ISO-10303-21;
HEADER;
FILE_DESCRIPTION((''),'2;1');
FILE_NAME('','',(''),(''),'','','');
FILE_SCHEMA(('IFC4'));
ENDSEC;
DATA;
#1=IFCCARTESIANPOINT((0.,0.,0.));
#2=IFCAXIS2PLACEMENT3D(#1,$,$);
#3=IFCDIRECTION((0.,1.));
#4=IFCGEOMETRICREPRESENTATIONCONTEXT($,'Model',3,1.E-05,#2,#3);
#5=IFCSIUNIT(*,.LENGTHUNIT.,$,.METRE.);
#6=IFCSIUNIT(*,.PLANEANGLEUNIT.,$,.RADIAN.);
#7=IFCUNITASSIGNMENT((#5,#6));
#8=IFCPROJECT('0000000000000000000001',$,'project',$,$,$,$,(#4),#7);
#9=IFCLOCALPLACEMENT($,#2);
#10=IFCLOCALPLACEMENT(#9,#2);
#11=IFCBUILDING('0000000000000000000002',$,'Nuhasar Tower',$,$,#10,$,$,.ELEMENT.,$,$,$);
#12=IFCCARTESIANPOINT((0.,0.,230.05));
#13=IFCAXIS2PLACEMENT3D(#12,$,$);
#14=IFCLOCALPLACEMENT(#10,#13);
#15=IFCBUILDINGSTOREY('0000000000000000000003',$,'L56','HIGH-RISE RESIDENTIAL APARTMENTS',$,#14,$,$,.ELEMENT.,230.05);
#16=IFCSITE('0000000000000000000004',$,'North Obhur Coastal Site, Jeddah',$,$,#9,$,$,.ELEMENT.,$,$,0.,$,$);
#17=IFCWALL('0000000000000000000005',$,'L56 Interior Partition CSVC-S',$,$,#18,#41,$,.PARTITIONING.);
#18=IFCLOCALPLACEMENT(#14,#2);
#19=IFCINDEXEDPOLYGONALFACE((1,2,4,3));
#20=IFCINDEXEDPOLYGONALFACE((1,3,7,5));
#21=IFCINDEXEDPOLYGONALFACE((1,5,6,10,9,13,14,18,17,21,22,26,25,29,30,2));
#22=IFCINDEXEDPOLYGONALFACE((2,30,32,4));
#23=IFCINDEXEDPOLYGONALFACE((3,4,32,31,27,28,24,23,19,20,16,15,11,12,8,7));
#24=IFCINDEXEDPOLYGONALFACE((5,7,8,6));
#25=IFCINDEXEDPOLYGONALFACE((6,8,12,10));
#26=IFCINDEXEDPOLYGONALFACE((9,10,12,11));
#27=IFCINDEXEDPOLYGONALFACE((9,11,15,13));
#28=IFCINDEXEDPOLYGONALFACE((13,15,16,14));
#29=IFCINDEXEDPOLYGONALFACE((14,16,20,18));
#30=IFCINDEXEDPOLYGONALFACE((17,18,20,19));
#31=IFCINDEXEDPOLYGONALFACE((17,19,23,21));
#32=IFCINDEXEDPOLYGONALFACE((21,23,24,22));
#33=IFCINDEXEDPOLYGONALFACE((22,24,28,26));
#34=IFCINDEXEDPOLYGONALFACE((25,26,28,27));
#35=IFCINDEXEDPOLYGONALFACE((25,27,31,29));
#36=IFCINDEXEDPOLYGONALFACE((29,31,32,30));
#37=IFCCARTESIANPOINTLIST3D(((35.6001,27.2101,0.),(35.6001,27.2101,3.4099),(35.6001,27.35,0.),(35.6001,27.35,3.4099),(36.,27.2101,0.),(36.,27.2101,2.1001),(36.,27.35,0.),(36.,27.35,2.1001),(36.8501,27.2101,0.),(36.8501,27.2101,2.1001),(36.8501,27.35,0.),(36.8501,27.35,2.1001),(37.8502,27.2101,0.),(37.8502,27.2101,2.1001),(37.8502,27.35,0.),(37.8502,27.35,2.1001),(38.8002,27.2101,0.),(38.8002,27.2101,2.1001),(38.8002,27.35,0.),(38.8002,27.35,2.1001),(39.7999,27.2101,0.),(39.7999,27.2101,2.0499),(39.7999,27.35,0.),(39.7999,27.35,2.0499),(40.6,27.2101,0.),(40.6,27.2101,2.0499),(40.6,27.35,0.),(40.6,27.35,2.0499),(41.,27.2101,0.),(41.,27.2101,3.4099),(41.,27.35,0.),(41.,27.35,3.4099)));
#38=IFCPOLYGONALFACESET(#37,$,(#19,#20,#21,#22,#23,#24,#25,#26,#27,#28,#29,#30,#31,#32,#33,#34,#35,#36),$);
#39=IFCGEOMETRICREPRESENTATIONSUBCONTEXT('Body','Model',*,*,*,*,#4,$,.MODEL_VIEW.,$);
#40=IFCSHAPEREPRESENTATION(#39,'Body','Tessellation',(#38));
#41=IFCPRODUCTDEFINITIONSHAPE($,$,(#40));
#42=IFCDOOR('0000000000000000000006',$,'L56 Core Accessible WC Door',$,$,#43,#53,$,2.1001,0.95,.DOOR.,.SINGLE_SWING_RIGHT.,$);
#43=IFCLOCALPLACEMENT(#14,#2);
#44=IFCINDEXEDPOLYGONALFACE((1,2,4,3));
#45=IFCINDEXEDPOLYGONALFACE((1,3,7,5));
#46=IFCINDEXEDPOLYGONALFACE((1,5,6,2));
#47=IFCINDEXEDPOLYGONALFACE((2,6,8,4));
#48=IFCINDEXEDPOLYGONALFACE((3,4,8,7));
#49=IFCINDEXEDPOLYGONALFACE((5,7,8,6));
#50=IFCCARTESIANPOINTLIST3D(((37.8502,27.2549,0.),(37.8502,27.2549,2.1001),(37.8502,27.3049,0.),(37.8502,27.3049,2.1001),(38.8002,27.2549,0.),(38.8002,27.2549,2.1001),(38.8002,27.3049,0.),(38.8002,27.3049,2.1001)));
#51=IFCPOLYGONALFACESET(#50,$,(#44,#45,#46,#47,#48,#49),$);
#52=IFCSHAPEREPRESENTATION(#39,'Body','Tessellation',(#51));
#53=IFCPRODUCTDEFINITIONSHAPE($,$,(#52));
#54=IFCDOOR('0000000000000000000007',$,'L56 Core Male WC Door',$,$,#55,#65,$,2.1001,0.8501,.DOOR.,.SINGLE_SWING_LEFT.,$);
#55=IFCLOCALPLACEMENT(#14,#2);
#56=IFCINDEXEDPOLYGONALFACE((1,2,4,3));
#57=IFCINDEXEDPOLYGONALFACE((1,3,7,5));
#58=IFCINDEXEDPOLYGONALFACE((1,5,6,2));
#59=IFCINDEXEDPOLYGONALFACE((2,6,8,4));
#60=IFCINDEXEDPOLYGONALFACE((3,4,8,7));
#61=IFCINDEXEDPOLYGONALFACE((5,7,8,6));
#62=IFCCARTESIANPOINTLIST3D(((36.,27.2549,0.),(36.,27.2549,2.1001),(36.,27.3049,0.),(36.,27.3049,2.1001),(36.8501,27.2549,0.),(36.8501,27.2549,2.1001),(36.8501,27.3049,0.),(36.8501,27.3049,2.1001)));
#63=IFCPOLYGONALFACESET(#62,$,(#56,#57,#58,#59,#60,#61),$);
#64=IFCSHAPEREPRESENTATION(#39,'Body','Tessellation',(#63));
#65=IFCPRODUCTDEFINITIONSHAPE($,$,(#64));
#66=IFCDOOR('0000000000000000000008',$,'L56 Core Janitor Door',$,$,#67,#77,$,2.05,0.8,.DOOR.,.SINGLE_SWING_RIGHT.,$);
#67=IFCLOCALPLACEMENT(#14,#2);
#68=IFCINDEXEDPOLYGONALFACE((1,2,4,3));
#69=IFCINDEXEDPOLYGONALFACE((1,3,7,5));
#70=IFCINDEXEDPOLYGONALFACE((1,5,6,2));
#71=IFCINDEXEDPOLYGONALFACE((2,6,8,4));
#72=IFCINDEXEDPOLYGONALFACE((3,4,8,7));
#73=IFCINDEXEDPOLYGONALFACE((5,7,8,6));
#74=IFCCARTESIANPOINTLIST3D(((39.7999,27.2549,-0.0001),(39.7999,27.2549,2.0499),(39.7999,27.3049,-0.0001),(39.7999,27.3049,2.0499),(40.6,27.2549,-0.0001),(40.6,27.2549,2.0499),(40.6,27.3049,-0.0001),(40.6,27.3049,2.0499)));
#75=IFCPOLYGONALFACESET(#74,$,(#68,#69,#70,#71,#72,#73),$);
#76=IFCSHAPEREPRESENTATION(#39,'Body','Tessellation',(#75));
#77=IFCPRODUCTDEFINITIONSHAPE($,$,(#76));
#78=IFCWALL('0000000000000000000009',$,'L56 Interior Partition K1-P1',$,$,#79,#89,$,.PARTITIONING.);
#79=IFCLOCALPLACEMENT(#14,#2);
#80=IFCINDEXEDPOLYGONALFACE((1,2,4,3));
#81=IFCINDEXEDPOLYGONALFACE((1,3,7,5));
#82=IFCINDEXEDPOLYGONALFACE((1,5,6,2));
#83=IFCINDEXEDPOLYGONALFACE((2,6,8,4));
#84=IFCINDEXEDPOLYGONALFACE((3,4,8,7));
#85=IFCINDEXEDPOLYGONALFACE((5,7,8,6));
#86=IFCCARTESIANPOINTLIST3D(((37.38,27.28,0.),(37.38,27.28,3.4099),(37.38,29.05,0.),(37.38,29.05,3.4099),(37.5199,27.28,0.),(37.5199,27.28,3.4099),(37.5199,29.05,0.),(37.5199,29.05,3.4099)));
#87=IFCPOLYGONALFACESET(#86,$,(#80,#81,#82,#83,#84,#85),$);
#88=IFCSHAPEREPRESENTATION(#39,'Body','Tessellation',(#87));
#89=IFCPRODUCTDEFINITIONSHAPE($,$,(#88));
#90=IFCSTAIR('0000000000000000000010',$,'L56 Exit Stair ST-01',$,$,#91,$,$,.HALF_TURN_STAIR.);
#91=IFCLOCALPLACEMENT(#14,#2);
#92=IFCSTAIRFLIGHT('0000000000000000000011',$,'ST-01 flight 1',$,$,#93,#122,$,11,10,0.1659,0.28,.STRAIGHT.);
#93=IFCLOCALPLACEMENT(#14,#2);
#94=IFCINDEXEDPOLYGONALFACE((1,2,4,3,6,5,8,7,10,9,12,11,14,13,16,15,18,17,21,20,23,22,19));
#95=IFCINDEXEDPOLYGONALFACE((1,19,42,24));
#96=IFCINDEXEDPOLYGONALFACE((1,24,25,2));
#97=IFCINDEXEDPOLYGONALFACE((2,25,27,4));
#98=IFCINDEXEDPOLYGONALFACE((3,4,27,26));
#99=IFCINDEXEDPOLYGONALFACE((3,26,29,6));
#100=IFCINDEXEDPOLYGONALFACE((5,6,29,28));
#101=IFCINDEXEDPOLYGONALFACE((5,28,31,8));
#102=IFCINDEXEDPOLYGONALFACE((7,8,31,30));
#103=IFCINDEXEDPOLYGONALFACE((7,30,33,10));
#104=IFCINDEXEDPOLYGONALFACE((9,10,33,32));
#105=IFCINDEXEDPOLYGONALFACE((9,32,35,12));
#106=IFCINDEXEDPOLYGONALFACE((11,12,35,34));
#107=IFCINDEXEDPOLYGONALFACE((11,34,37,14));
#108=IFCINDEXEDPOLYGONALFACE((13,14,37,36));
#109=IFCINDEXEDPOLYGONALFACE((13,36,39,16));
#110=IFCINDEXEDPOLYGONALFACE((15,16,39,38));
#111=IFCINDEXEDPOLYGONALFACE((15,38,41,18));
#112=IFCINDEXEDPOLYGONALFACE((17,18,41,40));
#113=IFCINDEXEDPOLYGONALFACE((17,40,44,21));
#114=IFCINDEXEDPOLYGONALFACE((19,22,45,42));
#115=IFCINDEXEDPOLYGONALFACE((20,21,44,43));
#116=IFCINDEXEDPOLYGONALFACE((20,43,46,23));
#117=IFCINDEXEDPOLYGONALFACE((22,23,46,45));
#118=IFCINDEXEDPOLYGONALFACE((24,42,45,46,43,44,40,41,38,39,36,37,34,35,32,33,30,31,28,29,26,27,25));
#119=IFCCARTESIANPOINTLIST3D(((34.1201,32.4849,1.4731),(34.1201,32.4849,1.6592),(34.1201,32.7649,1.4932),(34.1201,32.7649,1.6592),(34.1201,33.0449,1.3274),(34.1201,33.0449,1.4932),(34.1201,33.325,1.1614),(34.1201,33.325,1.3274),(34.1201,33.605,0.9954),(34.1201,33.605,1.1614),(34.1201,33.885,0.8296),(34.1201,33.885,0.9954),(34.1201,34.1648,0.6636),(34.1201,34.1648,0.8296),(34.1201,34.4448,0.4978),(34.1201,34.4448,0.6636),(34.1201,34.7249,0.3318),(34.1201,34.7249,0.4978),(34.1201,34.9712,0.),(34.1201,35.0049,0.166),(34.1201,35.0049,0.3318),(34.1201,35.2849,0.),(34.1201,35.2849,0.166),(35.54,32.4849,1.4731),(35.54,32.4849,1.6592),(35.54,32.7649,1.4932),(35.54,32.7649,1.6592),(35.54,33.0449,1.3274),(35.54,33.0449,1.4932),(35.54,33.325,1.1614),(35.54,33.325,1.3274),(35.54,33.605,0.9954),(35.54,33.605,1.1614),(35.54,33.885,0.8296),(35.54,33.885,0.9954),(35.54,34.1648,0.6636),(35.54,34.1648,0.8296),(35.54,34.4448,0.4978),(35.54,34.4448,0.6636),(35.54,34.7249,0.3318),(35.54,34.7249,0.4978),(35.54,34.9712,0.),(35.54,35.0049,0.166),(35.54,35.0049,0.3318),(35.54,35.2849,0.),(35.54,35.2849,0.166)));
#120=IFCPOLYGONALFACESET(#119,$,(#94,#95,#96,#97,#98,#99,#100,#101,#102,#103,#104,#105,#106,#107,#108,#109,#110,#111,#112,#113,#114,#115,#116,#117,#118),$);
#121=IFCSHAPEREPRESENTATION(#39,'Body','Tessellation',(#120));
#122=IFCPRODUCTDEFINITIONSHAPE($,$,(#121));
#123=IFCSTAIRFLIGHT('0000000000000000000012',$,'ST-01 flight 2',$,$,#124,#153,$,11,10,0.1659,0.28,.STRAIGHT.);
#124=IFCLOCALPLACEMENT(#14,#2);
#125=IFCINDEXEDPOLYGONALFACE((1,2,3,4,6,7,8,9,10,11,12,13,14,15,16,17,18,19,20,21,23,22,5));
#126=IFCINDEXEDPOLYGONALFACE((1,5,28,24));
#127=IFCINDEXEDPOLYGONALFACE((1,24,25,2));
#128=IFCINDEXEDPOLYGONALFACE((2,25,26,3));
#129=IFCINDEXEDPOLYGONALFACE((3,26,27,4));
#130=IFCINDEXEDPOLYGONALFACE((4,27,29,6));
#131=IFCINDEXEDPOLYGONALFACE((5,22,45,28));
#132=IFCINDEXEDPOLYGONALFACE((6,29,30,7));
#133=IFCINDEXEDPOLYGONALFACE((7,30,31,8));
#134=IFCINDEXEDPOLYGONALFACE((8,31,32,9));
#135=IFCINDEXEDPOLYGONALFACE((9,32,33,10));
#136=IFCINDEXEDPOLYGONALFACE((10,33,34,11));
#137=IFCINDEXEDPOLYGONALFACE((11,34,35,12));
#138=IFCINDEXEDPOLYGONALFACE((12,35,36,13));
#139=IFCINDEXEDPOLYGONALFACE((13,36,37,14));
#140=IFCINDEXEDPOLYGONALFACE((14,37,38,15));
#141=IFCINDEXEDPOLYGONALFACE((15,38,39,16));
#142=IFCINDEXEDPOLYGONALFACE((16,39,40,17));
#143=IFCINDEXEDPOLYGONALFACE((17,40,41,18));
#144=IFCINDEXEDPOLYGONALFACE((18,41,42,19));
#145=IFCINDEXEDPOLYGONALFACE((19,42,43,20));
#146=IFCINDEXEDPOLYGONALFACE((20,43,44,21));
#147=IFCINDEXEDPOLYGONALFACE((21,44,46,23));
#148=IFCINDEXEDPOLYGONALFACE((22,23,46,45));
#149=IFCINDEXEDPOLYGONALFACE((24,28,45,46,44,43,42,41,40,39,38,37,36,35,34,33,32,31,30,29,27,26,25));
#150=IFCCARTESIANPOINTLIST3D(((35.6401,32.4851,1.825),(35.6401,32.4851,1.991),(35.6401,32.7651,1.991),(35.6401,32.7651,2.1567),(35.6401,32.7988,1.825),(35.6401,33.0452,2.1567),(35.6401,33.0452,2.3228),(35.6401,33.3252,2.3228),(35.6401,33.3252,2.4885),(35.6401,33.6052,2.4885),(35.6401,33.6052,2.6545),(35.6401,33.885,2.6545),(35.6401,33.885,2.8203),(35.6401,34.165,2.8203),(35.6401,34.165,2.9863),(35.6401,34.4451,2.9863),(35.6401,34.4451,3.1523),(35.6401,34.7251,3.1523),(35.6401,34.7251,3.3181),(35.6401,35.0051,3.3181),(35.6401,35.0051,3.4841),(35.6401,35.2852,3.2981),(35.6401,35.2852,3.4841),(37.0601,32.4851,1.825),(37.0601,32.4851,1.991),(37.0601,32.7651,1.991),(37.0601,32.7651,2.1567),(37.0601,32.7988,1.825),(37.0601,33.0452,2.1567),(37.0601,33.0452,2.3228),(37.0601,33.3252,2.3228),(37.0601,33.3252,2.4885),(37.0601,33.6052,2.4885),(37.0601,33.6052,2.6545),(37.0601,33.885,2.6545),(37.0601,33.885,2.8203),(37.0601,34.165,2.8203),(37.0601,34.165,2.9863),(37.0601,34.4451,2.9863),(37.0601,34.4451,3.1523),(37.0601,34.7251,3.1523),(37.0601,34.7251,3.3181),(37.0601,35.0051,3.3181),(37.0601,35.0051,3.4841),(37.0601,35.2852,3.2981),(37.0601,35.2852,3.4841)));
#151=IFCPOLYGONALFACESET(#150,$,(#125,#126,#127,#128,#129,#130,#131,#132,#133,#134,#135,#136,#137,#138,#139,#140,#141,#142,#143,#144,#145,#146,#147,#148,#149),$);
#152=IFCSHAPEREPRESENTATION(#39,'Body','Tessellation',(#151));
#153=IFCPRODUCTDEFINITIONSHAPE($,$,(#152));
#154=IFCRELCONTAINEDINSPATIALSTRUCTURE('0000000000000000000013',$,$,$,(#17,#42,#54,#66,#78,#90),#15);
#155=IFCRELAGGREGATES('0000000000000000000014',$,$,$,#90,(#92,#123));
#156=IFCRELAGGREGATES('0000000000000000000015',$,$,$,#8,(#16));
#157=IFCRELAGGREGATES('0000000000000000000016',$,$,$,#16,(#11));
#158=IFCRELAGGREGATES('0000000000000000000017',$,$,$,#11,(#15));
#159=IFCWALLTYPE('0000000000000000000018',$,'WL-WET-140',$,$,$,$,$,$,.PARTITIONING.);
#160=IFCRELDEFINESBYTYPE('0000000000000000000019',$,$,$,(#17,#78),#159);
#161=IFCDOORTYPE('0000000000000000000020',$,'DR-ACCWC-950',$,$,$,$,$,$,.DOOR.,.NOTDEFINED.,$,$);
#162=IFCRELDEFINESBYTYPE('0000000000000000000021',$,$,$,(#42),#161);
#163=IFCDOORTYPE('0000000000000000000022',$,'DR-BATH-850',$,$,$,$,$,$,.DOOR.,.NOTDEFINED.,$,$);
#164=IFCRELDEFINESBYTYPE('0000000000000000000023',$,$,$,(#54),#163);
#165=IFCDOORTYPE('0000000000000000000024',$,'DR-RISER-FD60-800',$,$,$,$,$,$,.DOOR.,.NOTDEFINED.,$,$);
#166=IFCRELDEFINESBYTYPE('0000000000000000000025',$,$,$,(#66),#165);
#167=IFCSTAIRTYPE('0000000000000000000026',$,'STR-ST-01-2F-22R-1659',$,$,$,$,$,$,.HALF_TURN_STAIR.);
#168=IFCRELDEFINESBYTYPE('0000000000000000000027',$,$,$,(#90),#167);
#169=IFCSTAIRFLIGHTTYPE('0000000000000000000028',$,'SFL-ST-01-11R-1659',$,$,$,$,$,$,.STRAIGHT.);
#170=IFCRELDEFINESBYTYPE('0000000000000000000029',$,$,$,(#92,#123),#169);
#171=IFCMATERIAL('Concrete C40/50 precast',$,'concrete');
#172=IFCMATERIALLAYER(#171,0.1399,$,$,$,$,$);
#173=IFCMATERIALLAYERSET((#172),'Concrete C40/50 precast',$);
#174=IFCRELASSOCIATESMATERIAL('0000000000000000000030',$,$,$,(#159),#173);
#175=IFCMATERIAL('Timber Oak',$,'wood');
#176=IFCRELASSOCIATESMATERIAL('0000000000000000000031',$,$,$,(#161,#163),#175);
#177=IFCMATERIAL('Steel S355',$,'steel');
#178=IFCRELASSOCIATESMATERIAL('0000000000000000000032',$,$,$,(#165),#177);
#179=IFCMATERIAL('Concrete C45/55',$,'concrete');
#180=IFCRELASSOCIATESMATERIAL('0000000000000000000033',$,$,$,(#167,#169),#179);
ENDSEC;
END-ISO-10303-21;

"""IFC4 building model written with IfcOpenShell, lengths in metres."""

from ifc_helpers import new_model, si_unit, direction, frame, frame_2d, origin, place, context, subcontext, project, spatial, polyline, rectangle, outline, extrude, material, layer, layer_set, type_object, element, fill, aggregate, save


model = new_model("IFC4")

# Units and contexts
model_context = context("Model", 3, precision=1e-05, world=origin(), true_north=direction((0.0, 1.0)))
body_context = subcontext(model_context, "Body", "Model", "MODEL_VIEW")
ifc_project = project(units=[si_unit("LENGTHUNIT", "METRE"), si_unit("PLANEANGLEUNIT", "RADIAN")], contexts=[model_context])

# Site, building, storey
site_placement = place(None, origin())
site = spatial("IfcSite", under=ifc_project, at=site_placement, Name="North Obhur Coastal Site, Jeddah", CompositionType="ELEMENT", RefElevation=0.0)
building_placement = place(site_placement, origin())
building = spatial("IfcBuilding", under=site, at=building_placement, Name="Nuhasar Tower", CompositionType="ELEMENT")
storey_placement = place(building_placement, frame((0.0, 0.0, 230.05)))
storey = spatial("IfcBuildingStorey", under=building, at=storey_placement, Name="L56", Description="HIGH-RISE RESIDENTIAL APARTMENTS", CompositionType="ELEMENT", Elevation=230.05)

# Shared definitions
ifc_material_1 = material(Name="Steel S355", Category="steel")

# Shared definitions
ifc_material_2 = material(Name="Concrete C40/50 precast", Category="concrete")
ifc_layer_1 = layer(ifc_material_2, 0.1399)
ifc_layer_set_1 = layer_set([ifc_layer_1], Name="Concrete C40/50 precast")
wall_type_1 = type_object("IfcWallType", Name="WL-WET-140", PredefinedType="PARTITIONING", material=ifc_layer_set_1)

# Wall, openings, doors
wall_1_placement = place(storey_placement, frame((35.6001, 27.28, 0.0), z_axis=(0.0, 0.0, 1.0), x_axis=(1.0, 0.0, 0.0)))
wall_1 = element("IfcWall", 1, at=wall_1_placement, inside=storey, type_object=wall_type_1, Name="L56 Interior Partition CSVC-S", PredefinedType="PARTITIONING", context=body_context, shape_type="SweptSolid", body=[
    extrude(rectangle(XDim=5.3999, YDim=0.1399, at=frame_2d((2.7, 0.0))), origin(), (0.0, 0.0, 1.0), 3.4099),
])
opening_1_placement = place(wall_1_placement, frame((0.3999, 0.0, 0.0)))
opening_1 = element("IfcOpeningElement", 2, at=opening_1_placement, cuts=wall_1, PredefinedType="OPENING", context=body_context, shape_type="SweptSolid", body=[
    extrude(rectangle(XDim=0.8501, YDim=2.1001, at=frame_2d((0.425, 1.05))), frame((0.0, 0.0801, 0.0), z_axis=(0.0, -1.0, 0.0), x_axis=(1.0, 0.0, 0.0)), (0.0, 0.0, 1.0), 0.1599),
])
opening_2_placement = place(wall_1_placement, frame((2.25, 0.0, 0.0)))
opening_2 = element("IfcOpeningElement", 3, at=opening_2_placement, cuts=wall_1, PredefinedType="OPENING", context=body_context, shape_type="SweptSolid", body=[
    extrude(rectangle(XDim=0.95, YDim=2.1001, at=frame_2d((0.4751, 1.05))), frame((0.0, 0.0801, 0.0), z_axis=(0.0, -1.0, 0.0), x_axis=(1.0, 0.0, 0.0)), (0.0, 0.0, 1.0), 0.1599),
])
opening_3_placement = place(wall_1_placement, frame((4.2, 0.0, 0.0)))
opening_3 = element("IfcOpeningElement", 4, at=opening_3_placement, cuts=wall_1, PredefinedType="OPENING", context=body_context, shape_type="SweptSolid", body=[
    extrude(rectangle(XDim=0.8, YDim=2.05, at=frame_2d((0.3999, 1.0249))), frame((0.0, 0.0801, 0.0), z_axis=(0.0, -1.0, 0.0), x_axis=(1.0, 0.0, 0.0)), (0.0, 0.0, 1.0), 0.1599),
])
ifc_material_3 = material(Name="Timber Oak", Category="wood")
door_type_1 = type_object("IfcDoorType", Name="DR-ACCWC-950", OperationType="NOTDEFINED", PredefinedType="DOOR", material=ifc_material_3)
door_1_placement = place(opening_2_placement, origin())
door_1 = element("IfcDoor", 5, at=door_1_placement, inside=storey, type_object=door_type_1, Name="L56 Core Accessible WC Door", OperationType="SINGLE_SWING_RIGHT", OverallHeight=2.1001, OverallWidth=0.95, PredefinedType="DOOR", context=body_context, shape_type="SweptSolid", body=[
    extrude(rectangle(XDim=0.95, YDim=2.1001, at=frame_2d((0.4751, 1.05))), frame((0.0, 0.0249, 0.0), z_axis=(0.0, -1.0, 0.0), x_axis=(1.0, 0.0, 0.0)), (0.0, 0.0, 1.0), 0.05),
])
fill(opening_2, door_1)
door_type_2 = type_object("IfcDoorType", Name="DR-BATH-850", OperationType="NOTDEFINED", PredefinedType="DOOR", material=ifc_material_3)
door_2_placement = place(opening_1_placement, origin())
door_2 = element("IfcDoor", 6, at=door_2_placement, inside=storey, type_object=door_type_2, Name="L56 Core Male WC Door", OperationType="SINGLE_SWING_LEFT", OverallHeight=2.1001, OverallWidth=0.8501, PredefinedType="DOOR", context=body_context, shape_type="SweptSolid", body=[
    extrude(rectangle(XDim=0.8501, YDim=2.1001, at=frame_2d((0.425, 1.05))), frame((0.0, 0.0249, 0.0), z_axis=(0.0, -1.0, 0.0), x_axis=(1.0, 0.0, 0.0)), (0.0, 0.0, 1.0), 0.05),
])
fill(opening_1, door_2)
door_type_3 = type_object("IfcDoorType", Name="DR-RISER-FD60-800", OperationType="NOTDEFINED", PredefinedType="DOOR", material=ifc_material_1)
door_3_placement = place(opening_3_placement, origin())
door_3 = element("IfcDoor", 7, at=door_3_placement, inside=storey, type_object=door_type_3, Name="L56 Core Janitor Door", OperationType="SINGLE_SWING_RIGHT", OverallHeight=2.05, OverallWidth=0.8, PredefinedType="DOOR", context=body_context, shape_type="SweptSolid", body=[
    extrude(rectangle(XDim=0.8, YDim=2.05, at=frame_2d((0.3999, 1.0249))), frame((0.0, 0.0249, 0.0), z_axis=(0.0, -1.0, 0.0), x_axis=(1.0, 0.0, 0.0)), (0.0, 0.0, 1.0), 0.05),
])
fill(opening_3, door_3)

# Wall
wall_2_placement = place(storey_placement, frame((37.45, 27.28, 0.0), z_axis=(0.0, 0.0, 1.0), x_axis=(0.0, 1.0, 0.0)))
element("IfcWall", 8, at=wall_2_placement, inside=storey, type_object=wall_type_1, Name="L56 Interior Partition K1-P1", PredefinedType="PARTITIONING", context=body_context, shape_type="SweptSolid", body=[
    extrude(rectangle(XDim=1.77, YDim=0.1399, at=frame_2d((0.885, 0.0))), origin(), (0.0, 0.0, 1.0), 3.4099),
])

# Stair, stair flights
ifc_material_4 = material(Name="Concrete C45/55", Category="concrete")
stair_type_1 = type_object("IfcStairType", Name="STR-ST-01-2F-22R-1659", PredefinedType="HALF_TURN_STAIR", material=ifc_material_4)
stair_1_placement = place(storey_placement, origin())
stair_1 = element("IfcStair", 9, at=stair_1_placement, inside=storey, type_object=stair_type_1, Name="L56 Exit Stair ST-01", PredefinedType="HALF_TURN_STAIR")
stair_flight_type_1 = type_object("IfcStairFlightType", Name="SFL-ST-01-11R-1659", PredefinedType="STRAIGHT", material=ifc_material_4)
stair_flight_1_placement = place(storey_placement, frame((34.8301, 35.2849, 0.0), z_axis=(0.0, 0.0, 1.0), x_axis=(0.0, -1.0, 0.0)))
stair_flight_1 = element("IfcStairFlight", 10, at=stair_flight_1_placement, type_object=stair_flight_type_1, Name="ST-01 flight 1", NumberOfRisers=11, NumberOfTreads=10, PredefinedType="STRAIGHT", RiserHeight=0.1659, TreadLength=0.28, context=body_context, shape_type="SweptSolid", body=[
    extrude(outline(polyline([(0.0, 0.0), (0.0, 0.166), (0.28, 0.166), (0.28, 0.3318), (0.5601, 0.3318), (0.5601, 0.4978), (0.8401, 0.4978), (0.8401, 0.6636), (1.1201, 0.6636), (1.1201, 0.8296), (1.3999, 0.8296), (1.3999, 0.9954), (1.6799, 0.9954), (1.6799, 1.1614), (1.96, 1.1614), (1.96, 1.3274), (2.24, 1.3274), (2.24, 1.4932), (2.52, 1.4932), (2.52, 1.6592), (2.8, 1.6592), (2.8, 1.825), (2.8, 1.4731), (0.3137, 0.0), (0.0, 0.0)])), frame((0.0, 0.71, 0.0), z_axis=(0.0, -1.0, 0.0), x_axis=(1.0, 0.0, 0.0)), (0.0, 0.0, 1.0), 1.4199),
])
stair_flight_2_placement = place(storey_placement, frame((36.3501, 32.4851, 1.825), z_axis=(0.0, 0.0, 1.0), x_axis=(0.0, 1.0, 0.0)))
stair_flight_2 = element("IfcStairFlight", 11, at=stair_flight_2_placement, type_object=stair_flight_type_1, Name="ST-01 flight 2", NumberOfRisers=11, NumberOfTreads=10, PredefinedType="STRAIGHT", RiserHeight=0.1659, TreadLength=0.28, context=body_context, shape_type="SweptSolid", body=[
    extrude(outline(polyline([(0.0, 0.0), (0.0, 0.166), (0.28, 0.166), (0.28, 0.3318), (0.5601, 0.3318), (0.5601, 0.4978), (0.8401, 0.4978), (0.8401, 0.6636), (1.1201, 0.6636), (1.1201, 0.8296), (1.3999, 0.8296), (1.3999, 0.9954), (1.6799, 0.9954), (1.6799, 1.1614), (1.96, 1.1614), (1.96, 1.3274), (2.24, 1.3274), (2.24, 1.4932), (2.52, 1.4932), (2.52, 1.6592), (2.8, 1.6592), (2.8, 1.825), (2.8, 1.4731), (0.3137, 0.0), (0.0, 0.0)])), frame((0.0, 0.71, 0.0), z_axis=(0.0, -1.0, 0.0), x_axis=(1.0, 0.0, 0.0)), (0.0, 0.0, 1.0), 1.4199),
])
aggregate(stair_1, [stair_flight_1, stair_flight_2])

save(model, "model.ifc")
